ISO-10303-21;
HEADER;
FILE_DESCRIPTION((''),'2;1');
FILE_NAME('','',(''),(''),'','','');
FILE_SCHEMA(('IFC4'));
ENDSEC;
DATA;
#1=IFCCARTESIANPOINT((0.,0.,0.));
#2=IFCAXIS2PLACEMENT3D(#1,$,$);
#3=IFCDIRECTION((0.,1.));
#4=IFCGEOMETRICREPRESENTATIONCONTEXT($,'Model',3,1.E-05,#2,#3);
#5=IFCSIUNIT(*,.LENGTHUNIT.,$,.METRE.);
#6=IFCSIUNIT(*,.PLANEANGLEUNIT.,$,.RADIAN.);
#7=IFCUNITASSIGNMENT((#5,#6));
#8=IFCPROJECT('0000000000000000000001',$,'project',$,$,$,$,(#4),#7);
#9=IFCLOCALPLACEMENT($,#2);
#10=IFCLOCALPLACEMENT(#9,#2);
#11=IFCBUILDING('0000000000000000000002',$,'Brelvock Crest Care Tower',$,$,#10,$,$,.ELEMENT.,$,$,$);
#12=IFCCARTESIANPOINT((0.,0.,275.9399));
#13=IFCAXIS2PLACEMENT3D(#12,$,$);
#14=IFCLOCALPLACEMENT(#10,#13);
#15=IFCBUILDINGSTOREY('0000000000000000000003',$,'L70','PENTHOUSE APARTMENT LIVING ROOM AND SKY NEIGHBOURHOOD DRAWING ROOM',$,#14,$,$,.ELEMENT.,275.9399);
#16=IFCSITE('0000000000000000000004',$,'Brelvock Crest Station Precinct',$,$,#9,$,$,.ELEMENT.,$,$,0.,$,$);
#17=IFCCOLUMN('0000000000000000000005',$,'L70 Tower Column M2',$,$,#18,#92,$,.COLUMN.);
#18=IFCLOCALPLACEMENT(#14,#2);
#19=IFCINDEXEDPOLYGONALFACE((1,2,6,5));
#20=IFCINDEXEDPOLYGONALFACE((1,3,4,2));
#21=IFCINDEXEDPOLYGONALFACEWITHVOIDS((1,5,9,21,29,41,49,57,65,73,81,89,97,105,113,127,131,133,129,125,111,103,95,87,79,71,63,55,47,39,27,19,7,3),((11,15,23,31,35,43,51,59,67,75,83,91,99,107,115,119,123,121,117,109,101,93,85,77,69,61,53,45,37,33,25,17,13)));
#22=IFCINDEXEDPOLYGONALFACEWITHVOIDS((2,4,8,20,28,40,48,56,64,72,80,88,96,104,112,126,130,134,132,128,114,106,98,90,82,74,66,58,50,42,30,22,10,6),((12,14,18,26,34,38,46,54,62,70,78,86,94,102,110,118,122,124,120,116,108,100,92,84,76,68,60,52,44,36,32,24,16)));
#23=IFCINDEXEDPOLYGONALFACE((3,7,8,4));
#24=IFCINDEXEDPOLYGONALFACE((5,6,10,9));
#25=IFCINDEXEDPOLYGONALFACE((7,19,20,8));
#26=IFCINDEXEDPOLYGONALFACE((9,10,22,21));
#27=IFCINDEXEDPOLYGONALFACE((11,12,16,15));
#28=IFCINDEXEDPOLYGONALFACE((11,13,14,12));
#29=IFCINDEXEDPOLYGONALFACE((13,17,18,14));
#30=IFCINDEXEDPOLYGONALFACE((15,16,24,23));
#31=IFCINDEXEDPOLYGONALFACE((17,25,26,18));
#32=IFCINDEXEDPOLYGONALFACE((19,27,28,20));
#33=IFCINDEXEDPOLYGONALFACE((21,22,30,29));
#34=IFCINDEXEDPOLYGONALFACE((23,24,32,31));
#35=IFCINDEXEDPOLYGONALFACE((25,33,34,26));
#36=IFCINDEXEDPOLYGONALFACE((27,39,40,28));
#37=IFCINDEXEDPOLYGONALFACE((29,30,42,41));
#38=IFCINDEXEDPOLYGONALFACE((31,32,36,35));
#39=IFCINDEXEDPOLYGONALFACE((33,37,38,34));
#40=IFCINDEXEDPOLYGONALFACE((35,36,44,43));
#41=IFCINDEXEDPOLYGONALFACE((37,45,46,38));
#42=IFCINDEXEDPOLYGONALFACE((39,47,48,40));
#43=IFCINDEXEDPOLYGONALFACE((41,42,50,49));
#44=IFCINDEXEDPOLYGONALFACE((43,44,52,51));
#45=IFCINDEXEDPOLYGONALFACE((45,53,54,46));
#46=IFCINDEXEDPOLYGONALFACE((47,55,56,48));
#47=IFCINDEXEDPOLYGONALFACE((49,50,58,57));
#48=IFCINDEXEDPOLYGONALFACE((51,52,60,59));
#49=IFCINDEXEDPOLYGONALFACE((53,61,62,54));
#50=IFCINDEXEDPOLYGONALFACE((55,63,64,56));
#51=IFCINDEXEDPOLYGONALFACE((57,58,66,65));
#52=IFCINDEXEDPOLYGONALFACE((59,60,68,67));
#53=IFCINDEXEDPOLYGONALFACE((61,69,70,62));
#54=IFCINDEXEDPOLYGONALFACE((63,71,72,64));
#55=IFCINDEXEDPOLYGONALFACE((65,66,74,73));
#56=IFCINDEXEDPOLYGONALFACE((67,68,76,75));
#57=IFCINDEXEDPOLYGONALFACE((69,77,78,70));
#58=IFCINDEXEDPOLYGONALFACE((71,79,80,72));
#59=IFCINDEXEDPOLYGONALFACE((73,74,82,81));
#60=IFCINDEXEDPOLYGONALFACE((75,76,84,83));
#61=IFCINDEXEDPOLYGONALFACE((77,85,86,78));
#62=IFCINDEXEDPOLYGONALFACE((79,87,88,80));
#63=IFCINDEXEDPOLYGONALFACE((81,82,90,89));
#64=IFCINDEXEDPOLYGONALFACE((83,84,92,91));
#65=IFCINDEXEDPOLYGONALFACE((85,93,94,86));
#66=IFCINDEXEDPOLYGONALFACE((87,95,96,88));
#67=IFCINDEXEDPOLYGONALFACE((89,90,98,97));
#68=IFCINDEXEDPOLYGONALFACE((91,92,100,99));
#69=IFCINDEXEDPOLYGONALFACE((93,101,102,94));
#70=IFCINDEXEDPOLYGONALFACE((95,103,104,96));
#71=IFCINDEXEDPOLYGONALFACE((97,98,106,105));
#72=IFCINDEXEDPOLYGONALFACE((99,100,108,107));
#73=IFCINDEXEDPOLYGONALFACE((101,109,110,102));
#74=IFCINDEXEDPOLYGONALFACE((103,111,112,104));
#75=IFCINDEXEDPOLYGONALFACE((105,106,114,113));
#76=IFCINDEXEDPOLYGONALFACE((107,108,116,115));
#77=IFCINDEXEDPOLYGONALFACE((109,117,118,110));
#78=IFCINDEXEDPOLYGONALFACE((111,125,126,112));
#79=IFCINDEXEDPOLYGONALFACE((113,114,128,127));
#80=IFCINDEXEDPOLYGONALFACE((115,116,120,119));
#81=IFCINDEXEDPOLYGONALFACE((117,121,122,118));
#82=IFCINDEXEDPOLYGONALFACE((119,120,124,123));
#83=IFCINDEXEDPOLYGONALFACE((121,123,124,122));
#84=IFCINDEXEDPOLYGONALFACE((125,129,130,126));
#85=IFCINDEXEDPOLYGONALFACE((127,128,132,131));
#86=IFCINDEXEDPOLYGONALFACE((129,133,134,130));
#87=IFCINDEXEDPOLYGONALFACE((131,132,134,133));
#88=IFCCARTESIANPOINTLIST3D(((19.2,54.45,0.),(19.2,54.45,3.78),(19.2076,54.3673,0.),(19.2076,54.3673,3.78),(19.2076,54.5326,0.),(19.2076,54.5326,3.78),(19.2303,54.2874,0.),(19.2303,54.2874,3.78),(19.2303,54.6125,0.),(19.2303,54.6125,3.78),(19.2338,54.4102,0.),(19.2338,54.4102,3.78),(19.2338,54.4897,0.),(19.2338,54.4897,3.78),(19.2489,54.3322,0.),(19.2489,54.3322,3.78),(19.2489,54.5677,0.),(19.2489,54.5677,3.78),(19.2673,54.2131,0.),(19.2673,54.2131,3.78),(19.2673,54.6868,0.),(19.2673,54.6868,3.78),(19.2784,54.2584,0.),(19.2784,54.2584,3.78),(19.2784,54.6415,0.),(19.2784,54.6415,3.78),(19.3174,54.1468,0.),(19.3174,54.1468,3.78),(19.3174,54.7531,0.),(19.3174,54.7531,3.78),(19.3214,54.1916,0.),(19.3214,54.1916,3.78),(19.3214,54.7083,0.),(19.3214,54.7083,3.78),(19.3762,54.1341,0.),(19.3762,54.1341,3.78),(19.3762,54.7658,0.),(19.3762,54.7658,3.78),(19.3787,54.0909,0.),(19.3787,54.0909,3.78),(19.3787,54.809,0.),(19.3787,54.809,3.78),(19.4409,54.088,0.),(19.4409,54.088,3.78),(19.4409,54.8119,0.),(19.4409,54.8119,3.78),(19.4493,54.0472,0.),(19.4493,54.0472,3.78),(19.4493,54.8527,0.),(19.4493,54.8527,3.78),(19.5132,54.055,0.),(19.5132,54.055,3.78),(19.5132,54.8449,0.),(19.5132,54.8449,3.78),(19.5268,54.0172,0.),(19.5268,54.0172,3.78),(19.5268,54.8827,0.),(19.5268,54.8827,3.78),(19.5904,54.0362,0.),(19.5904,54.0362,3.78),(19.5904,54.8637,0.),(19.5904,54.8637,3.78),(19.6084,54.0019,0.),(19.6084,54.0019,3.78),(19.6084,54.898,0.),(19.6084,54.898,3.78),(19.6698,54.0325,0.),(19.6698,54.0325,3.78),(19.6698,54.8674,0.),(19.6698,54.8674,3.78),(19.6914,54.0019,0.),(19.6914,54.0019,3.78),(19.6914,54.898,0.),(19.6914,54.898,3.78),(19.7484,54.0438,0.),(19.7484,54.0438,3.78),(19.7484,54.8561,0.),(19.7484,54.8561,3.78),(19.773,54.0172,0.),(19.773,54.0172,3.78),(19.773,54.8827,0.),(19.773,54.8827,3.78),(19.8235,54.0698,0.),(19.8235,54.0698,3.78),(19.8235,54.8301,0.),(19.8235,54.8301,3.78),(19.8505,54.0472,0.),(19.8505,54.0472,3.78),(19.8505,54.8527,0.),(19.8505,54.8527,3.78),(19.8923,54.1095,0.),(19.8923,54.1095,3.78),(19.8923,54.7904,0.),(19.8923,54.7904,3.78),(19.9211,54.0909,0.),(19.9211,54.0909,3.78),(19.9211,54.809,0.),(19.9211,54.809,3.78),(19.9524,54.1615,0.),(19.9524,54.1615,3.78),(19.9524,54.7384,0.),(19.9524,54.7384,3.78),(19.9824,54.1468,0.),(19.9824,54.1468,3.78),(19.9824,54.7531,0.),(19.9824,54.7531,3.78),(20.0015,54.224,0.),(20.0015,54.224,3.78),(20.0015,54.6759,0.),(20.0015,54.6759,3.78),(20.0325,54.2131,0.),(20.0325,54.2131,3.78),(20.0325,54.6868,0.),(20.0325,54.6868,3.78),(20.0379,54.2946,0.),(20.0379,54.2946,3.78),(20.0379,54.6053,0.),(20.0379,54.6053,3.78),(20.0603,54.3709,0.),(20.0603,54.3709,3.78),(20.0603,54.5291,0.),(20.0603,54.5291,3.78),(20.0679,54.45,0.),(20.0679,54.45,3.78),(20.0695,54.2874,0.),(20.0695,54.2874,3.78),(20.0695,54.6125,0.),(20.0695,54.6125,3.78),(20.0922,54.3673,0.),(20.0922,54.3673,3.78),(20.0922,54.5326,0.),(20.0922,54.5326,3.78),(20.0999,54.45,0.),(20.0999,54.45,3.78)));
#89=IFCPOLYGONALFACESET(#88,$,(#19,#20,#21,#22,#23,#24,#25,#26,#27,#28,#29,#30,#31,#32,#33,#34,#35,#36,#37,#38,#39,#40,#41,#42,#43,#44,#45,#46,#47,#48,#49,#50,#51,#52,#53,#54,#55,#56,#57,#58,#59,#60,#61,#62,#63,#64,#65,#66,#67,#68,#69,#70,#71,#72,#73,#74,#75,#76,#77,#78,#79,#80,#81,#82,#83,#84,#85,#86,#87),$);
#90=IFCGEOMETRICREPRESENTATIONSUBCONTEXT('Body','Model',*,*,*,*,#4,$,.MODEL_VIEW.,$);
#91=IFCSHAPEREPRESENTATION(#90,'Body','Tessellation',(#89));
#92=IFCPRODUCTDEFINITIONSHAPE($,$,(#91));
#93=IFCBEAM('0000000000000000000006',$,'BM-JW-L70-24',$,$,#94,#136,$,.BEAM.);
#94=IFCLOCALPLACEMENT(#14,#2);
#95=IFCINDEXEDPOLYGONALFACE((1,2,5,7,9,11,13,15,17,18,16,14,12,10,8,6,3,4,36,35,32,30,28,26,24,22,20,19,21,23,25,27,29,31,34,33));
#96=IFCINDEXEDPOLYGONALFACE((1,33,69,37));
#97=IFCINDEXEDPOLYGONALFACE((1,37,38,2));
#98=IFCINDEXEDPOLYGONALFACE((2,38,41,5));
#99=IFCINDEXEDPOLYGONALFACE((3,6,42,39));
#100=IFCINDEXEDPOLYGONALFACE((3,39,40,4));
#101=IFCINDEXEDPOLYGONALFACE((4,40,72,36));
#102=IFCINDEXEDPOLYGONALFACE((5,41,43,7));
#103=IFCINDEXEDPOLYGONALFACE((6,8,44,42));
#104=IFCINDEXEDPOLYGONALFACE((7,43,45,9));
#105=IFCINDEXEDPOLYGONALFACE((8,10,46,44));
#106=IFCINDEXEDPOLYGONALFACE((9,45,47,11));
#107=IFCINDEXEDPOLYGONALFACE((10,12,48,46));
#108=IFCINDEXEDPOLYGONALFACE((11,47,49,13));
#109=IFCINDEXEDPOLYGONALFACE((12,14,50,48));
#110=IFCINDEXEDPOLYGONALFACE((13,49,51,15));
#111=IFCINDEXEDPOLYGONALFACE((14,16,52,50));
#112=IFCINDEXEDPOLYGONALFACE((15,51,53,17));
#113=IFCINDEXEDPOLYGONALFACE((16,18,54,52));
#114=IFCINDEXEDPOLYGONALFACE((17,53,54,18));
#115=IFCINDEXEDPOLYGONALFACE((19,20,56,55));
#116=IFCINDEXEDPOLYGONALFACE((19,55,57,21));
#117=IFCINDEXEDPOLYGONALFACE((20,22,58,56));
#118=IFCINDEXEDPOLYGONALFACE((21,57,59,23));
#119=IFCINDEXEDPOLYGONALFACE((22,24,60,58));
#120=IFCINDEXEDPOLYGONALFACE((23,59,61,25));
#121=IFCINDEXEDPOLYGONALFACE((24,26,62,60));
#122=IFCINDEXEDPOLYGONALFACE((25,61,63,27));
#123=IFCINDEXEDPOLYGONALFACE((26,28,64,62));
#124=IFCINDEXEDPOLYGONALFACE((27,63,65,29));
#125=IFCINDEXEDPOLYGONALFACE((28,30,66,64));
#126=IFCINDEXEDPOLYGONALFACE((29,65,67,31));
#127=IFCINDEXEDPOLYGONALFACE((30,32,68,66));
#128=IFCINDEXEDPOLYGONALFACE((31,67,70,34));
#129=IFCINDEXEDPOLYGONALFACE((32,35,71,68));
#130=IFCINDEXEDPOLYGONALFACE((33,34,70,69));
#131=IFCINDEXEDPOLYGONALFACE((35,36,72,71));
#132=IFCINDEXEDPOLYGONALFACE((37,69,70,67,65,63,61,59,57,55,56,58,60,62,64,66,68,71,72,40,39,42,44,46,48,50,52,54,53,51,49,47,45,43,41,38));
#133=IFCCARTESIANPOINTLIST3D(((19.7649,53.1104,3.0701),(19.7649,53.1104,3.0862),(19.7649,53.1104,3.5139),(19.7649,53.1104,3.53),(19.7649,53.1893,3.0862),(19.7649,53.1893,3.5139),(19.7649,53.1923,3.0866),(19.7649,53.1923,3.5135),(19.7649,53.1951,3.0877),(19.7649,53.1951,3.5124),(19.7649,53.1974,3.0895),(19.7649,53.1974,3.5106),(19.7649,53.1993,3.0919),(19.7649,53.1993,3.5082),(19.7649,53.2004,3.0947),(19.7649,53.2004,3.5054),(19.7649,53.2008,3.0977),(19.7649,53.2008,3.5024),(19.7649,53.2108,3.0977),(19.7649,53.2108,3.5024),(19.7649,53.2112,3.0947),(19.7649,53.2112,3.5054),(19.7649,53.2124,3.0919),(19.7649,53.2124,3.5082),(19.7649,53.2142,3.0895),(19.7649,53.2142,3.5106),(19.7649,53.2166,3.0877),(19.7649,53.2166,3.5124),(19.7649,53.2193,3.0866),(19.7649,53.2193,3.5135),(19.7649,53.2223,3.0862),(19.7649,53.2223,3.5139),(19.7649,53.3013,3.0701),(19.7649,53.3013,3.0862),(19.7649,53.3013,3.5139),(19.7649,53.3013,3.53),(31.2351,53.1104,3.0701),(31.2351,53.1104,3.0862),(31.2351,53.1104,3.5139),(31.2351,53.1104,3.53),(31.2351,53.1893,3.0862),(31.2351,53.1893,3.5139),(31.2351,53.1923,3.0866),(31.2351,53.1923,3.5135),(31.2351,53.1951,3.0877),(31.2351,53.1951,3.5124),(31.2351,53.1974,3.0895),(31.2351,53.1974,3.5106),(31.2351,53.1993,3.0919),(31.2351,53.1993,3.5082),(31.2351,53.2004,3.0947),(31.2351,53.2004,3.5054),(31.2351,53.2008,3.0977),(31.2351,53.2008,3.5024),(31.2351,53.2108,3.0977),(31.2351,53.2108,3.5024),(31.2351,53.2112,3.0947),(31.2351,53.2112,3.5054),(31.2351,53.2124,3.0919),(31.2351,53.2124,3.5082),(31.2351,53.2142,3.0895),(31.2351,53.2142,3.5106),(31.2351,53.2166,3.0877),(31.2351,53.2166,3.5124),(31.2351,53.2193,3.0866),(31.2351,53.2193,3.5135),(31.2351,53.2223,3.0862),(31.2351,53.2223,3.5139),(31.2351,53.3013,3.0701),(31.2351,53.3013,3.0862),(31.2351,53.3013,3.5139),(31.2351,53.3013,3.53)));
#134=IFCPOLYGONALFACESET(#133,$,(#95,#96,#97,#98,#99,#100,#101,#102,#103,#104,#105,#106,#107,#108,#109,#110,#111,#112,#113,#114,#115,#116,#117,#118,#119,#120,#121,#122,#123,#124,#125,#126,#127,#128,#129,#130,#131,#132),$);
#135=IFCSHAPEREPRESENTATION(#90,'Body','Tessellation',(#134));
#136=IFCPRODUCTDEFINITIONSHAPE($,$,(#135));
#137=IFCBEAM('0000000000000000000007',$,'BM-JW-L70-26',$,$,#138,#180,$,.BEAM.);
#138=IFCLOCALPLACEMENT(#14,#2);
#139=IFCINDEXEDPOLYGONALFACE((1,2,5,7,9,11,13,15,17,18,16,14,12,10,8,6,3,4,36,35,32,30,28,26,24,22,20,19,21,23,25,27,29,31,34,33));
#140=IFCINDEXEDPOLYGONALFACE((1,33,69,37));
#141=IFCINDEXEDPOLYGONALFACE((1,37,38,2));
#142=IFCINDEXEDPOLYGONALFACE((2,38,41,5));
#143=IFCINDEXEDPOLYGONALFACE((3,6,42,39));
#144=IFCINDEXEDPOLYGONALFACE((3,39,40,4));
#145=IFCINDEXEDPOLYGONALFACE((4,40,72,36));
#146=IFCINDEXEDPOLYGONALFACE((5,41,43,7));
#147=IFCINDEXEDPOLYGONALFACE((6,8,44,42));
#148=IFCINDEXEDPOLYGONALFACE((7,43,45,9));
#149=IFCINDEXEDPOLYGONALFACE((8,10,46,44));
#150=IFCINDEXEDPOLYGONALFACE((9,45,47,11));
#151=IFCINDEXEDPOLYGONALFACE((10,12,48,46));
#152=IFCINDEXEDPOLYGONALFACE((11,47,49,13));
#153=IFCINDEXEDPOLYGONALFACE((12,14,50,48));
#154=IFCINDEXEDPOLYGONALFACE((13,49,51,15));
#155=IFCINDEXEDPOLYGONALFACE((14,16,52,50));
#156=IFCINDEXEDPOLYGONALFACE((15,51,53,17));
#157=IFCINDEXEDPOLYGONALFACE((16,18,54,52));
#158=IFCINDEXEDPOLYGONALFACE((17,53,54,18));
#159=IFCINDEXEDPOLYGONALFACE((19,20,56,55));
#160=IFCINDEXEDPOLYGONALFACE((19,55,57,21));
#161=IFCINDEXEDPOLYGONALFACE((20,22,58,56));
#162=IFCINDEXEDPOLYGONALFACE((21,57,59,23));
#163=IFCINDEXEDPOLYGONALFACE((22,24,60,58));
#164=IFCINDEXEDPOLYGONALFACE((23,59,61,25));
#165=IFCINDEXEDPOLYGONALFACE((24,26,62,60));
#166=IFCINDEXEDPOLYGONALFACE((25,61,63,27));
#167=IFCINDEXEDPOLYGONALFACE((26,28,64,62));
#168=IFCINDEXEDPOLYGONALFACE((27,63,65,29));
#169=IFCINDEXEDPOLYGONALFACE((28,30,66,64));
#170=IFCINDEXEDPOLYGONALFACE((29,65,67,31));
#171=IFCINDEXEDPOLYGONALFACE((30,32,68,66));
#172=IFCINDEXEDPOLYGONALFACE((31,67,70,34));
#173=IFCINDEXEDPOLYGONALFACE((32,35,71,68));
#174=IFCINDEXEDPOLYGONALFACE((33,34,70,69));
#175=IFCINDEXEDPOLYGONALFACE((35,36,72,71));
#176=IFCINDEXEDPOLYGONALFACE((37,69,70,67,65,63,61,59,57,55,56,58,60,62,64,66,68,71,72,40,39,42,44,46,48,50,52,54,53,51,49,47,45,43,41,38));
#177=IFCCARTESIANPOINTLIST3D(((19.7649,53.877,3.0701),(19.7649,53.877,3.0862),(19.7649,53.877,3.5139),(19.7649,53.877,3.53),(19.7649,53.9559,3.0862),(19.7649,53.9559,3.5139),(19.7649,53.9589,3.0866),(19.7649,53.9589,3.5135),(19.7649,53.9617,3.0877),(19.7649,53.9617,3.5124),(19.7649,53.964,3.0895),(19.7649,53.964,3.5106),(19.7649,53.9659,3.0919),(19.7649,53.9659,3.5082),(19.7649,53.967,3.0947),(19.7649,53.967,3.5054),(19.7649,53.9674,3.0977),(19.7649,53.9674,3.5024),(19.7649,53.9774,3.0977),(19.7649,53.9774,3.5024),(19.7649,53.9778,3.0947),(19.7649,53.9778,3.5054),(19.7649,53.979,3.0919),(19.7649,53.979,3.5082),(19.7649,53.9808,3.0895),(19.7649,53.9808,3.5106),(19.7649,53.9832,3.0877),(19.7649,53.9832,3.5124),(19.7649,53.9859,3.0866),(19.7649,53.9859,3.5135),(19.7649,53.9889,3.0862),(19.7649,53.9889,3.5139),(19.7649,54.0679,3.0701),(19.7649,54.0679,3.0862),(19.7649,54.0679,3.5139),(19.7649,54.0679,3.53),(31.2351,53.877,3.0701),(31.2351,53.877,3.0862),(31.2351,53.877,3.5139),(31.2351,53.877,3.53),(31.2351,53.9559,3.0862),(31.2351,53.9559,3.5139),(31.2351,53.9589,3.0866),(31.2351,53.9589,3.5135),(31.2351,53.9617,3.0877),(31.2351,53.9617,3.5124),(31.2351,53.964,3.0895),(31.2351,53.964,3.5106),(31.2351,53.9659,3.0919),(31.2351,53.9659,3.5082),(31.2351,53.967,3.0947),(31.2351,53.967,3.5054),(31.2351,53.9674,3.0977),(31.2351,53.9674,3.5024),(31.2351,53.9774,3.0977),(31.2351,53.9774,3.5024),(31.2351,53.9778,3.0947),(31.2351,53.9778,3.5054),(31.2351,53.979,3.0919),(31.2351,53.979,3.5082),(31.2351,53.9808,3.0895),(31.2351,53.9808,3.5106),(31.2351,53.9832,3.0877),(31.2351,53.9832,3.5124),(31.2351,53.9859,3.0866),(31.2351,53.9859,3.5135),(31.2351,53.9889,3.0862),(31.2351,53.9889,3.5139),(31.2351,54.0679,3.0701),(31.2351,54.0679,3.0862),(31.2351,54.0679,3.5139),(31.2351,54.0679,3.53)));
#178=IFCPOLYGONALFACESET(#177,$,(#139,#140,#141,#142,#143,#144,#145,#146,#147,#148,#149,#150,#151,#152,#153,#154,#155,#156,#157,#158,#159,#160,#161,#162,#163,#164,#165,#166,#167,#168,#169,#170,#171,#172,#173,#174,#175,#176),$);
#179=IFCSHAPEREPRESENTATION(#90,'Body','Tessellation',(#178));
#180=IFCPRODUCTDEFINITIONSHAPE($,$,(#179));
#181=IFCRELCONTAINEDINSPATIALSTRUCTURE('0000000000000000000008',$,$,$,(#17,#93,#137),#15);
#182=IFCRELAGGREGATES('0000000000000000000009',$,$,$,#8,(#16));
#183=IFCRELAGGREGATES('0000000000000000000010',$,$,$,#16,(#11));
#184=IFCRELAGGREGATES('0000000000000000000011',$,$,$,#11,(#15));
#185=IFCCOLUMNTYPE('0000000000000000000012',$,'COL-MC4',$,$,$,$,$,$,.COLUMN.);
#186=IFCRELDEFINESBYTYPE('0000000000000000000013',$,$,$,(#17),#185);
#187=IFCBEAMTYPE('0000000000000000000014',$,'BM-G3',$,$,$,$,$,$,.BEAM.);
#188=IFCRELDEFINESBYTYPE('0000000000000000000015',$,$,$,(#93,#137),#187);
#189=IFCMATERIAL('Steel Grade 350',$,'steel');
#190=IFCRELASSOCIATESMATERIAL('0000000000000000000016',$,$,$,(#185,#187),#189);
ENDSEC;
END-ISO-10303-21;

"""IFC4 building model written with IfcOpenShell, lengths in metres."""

from ifc_helpers import new_model, si_unit, direction, frame, origin, origin_2d, place, context, subcontext, project, spatial, hollow_circle, i_section, extrude, source, transform, mapped, material, material_profile, profile_set, type_object, element, save


model = new_model("IFC4")

# Units and contexts
model_context = context("Model", 3, precision=1e-05, world=origin(), true_north=direction((0.0, 1.0)))
body_context = subcontext(model_context, "Body", "Model", "MODEL_VIEW")
ifc_project = project(units=[si_unit("LENGTHUNIT", "METRE"), si_unit("PLANEANGLEUNIT", "RADIAN")], contexts=[model_context])

# Site, building, storey
site_placement = place(None, origin())
site = spatial("IfcSite", under=ifc_project, at=site_placement, Name="Brelvock Crest Station Precinct", CompositionType="ELEMENT", RefElevation=0.0)
building_placement = place(site_placement, origin())
building = spatial("IfcBuilding", under=site, at=building_placement, Name="Brelvock Crest Care Tower", CompositionType="ELEMENT")
storey_placement = place(building_placement, frame((0.0, 0.0, 275.9399)))
storey = spatial("IfcBuildingStorey", under=building, at=storey_placement, Name="L70", Description="PENTHOUSE APARTMENT LIVING ROOM AND SKY NEIGHBOURHOOD DRAWING ROOM", CompositionType="ELEMENT", Elevation=275.9399)

# Column
ifc_material_1 = material(Name="Steel Grade 350", Category="steel")
ifc_material_profile_1 = material_profile(ifc_material_1, hollow_circle(Radius=0.45, WallThickness=0.032, at=origin_2d()), Name="CFT900x32")
ifc_profile_set_1 = profile_set([ifc_material_profile_1], Name="Steel Grade 350")
column_type = type_object("IfcColumnType", Name="COL-MC4", PredefinedType="COLUMN", material=ifc_profile_set_1)
shared_shape_1 = source(origin(), body_context, "Body", "SweptSolid", [
    extrude(hollow_circle(Radius=0.45, WallThickness=0.032, at=origin_2d()), origin(), (0.0, 0.0, 1.0), 3.78),
])
column_placement = place(storey_placement, frame((19.6499, 54.45, 0.0), z_axis=(0.0, 0.0, 1.0), x_axis=(1.0, 0.0, 0.0)))
element("IfcColumn", 1, at=column_placement, inside=storey, type_object=column_type, Name="L70 Tower Column M2", PredefinedType="COLUMN", context=body_context, shape_type="MappedRepresentation", body=[
    mapped(shared_shape_1, transform((0.0, 0.0, 0.0), x_axis=(1.0, 0.0, 0.0), y_axis=(0.0, 1.0, 0.0), z_axis=(0.0, 0.0, 1.0), scale=1.0)),
])

# Beams
ifc_material_profile_2 = material_profile(ifc_material_1, i_section(OverallWidth=0.1909, OverallDepth=0.46, WebThickness=0.01, FlangeThickness=0.0161, FilletRadius=0.0115, at=origin_2d()), Name="460UB82.1")
ifc_profile_set_2 = profile_set([ifc_material_profile_2], Name="Steel Grade 350")
beam_type_1 = type_object("IfcBeamType", Name="BM-G3", PredefinedType="BEAM", material=ifc_profile_set_2)
shared_shape_2 = source(origin(), body_context, "Body", "SweptSolid", [
    extrude(i_section(OverallWidth=0.1909, OverallDepth=0.46, WebThickness=0.01, FlangeThickness=0.0161, FilletRadius=0.0115, at=origin_2d()), origin(), (0.0, 0.0, 1.0), 11.4702),
])
for number, where, z_axis, x_axis, name in (
    (2, (19.7649, 53.2058, 3.3), (1.0, 0.0, 0.0), (0.0, 1.0, 0.0), "BM-JW-L70-24"),
    (3, (19.7649, 53.9724, 3.3), (1.0, 0.0, 0.0), (0.0, 1.0, 0.0), "BM-JW-L70-26"),
):
    element("IfcBeam", number, at=place(storey_placement, frame(where, z_axis=z_axis, x_axis=x_axis)), inside=storey, type_object=beam_type_1, Name=name, PredefinedType="BEAM", context=body_context, shape_type="MappedRepresentation", body=[
        mapped(shared_shape_2, transform((0.0, 0.0, 0.0), x_axis=(1.0, 0.0, 0.0), y_axis=(0.0, 1.0, 0.0), z_axis=(0.0, 0.0, 1.0), scale=1.0)),
    ])

save(model, "model.ifc")
